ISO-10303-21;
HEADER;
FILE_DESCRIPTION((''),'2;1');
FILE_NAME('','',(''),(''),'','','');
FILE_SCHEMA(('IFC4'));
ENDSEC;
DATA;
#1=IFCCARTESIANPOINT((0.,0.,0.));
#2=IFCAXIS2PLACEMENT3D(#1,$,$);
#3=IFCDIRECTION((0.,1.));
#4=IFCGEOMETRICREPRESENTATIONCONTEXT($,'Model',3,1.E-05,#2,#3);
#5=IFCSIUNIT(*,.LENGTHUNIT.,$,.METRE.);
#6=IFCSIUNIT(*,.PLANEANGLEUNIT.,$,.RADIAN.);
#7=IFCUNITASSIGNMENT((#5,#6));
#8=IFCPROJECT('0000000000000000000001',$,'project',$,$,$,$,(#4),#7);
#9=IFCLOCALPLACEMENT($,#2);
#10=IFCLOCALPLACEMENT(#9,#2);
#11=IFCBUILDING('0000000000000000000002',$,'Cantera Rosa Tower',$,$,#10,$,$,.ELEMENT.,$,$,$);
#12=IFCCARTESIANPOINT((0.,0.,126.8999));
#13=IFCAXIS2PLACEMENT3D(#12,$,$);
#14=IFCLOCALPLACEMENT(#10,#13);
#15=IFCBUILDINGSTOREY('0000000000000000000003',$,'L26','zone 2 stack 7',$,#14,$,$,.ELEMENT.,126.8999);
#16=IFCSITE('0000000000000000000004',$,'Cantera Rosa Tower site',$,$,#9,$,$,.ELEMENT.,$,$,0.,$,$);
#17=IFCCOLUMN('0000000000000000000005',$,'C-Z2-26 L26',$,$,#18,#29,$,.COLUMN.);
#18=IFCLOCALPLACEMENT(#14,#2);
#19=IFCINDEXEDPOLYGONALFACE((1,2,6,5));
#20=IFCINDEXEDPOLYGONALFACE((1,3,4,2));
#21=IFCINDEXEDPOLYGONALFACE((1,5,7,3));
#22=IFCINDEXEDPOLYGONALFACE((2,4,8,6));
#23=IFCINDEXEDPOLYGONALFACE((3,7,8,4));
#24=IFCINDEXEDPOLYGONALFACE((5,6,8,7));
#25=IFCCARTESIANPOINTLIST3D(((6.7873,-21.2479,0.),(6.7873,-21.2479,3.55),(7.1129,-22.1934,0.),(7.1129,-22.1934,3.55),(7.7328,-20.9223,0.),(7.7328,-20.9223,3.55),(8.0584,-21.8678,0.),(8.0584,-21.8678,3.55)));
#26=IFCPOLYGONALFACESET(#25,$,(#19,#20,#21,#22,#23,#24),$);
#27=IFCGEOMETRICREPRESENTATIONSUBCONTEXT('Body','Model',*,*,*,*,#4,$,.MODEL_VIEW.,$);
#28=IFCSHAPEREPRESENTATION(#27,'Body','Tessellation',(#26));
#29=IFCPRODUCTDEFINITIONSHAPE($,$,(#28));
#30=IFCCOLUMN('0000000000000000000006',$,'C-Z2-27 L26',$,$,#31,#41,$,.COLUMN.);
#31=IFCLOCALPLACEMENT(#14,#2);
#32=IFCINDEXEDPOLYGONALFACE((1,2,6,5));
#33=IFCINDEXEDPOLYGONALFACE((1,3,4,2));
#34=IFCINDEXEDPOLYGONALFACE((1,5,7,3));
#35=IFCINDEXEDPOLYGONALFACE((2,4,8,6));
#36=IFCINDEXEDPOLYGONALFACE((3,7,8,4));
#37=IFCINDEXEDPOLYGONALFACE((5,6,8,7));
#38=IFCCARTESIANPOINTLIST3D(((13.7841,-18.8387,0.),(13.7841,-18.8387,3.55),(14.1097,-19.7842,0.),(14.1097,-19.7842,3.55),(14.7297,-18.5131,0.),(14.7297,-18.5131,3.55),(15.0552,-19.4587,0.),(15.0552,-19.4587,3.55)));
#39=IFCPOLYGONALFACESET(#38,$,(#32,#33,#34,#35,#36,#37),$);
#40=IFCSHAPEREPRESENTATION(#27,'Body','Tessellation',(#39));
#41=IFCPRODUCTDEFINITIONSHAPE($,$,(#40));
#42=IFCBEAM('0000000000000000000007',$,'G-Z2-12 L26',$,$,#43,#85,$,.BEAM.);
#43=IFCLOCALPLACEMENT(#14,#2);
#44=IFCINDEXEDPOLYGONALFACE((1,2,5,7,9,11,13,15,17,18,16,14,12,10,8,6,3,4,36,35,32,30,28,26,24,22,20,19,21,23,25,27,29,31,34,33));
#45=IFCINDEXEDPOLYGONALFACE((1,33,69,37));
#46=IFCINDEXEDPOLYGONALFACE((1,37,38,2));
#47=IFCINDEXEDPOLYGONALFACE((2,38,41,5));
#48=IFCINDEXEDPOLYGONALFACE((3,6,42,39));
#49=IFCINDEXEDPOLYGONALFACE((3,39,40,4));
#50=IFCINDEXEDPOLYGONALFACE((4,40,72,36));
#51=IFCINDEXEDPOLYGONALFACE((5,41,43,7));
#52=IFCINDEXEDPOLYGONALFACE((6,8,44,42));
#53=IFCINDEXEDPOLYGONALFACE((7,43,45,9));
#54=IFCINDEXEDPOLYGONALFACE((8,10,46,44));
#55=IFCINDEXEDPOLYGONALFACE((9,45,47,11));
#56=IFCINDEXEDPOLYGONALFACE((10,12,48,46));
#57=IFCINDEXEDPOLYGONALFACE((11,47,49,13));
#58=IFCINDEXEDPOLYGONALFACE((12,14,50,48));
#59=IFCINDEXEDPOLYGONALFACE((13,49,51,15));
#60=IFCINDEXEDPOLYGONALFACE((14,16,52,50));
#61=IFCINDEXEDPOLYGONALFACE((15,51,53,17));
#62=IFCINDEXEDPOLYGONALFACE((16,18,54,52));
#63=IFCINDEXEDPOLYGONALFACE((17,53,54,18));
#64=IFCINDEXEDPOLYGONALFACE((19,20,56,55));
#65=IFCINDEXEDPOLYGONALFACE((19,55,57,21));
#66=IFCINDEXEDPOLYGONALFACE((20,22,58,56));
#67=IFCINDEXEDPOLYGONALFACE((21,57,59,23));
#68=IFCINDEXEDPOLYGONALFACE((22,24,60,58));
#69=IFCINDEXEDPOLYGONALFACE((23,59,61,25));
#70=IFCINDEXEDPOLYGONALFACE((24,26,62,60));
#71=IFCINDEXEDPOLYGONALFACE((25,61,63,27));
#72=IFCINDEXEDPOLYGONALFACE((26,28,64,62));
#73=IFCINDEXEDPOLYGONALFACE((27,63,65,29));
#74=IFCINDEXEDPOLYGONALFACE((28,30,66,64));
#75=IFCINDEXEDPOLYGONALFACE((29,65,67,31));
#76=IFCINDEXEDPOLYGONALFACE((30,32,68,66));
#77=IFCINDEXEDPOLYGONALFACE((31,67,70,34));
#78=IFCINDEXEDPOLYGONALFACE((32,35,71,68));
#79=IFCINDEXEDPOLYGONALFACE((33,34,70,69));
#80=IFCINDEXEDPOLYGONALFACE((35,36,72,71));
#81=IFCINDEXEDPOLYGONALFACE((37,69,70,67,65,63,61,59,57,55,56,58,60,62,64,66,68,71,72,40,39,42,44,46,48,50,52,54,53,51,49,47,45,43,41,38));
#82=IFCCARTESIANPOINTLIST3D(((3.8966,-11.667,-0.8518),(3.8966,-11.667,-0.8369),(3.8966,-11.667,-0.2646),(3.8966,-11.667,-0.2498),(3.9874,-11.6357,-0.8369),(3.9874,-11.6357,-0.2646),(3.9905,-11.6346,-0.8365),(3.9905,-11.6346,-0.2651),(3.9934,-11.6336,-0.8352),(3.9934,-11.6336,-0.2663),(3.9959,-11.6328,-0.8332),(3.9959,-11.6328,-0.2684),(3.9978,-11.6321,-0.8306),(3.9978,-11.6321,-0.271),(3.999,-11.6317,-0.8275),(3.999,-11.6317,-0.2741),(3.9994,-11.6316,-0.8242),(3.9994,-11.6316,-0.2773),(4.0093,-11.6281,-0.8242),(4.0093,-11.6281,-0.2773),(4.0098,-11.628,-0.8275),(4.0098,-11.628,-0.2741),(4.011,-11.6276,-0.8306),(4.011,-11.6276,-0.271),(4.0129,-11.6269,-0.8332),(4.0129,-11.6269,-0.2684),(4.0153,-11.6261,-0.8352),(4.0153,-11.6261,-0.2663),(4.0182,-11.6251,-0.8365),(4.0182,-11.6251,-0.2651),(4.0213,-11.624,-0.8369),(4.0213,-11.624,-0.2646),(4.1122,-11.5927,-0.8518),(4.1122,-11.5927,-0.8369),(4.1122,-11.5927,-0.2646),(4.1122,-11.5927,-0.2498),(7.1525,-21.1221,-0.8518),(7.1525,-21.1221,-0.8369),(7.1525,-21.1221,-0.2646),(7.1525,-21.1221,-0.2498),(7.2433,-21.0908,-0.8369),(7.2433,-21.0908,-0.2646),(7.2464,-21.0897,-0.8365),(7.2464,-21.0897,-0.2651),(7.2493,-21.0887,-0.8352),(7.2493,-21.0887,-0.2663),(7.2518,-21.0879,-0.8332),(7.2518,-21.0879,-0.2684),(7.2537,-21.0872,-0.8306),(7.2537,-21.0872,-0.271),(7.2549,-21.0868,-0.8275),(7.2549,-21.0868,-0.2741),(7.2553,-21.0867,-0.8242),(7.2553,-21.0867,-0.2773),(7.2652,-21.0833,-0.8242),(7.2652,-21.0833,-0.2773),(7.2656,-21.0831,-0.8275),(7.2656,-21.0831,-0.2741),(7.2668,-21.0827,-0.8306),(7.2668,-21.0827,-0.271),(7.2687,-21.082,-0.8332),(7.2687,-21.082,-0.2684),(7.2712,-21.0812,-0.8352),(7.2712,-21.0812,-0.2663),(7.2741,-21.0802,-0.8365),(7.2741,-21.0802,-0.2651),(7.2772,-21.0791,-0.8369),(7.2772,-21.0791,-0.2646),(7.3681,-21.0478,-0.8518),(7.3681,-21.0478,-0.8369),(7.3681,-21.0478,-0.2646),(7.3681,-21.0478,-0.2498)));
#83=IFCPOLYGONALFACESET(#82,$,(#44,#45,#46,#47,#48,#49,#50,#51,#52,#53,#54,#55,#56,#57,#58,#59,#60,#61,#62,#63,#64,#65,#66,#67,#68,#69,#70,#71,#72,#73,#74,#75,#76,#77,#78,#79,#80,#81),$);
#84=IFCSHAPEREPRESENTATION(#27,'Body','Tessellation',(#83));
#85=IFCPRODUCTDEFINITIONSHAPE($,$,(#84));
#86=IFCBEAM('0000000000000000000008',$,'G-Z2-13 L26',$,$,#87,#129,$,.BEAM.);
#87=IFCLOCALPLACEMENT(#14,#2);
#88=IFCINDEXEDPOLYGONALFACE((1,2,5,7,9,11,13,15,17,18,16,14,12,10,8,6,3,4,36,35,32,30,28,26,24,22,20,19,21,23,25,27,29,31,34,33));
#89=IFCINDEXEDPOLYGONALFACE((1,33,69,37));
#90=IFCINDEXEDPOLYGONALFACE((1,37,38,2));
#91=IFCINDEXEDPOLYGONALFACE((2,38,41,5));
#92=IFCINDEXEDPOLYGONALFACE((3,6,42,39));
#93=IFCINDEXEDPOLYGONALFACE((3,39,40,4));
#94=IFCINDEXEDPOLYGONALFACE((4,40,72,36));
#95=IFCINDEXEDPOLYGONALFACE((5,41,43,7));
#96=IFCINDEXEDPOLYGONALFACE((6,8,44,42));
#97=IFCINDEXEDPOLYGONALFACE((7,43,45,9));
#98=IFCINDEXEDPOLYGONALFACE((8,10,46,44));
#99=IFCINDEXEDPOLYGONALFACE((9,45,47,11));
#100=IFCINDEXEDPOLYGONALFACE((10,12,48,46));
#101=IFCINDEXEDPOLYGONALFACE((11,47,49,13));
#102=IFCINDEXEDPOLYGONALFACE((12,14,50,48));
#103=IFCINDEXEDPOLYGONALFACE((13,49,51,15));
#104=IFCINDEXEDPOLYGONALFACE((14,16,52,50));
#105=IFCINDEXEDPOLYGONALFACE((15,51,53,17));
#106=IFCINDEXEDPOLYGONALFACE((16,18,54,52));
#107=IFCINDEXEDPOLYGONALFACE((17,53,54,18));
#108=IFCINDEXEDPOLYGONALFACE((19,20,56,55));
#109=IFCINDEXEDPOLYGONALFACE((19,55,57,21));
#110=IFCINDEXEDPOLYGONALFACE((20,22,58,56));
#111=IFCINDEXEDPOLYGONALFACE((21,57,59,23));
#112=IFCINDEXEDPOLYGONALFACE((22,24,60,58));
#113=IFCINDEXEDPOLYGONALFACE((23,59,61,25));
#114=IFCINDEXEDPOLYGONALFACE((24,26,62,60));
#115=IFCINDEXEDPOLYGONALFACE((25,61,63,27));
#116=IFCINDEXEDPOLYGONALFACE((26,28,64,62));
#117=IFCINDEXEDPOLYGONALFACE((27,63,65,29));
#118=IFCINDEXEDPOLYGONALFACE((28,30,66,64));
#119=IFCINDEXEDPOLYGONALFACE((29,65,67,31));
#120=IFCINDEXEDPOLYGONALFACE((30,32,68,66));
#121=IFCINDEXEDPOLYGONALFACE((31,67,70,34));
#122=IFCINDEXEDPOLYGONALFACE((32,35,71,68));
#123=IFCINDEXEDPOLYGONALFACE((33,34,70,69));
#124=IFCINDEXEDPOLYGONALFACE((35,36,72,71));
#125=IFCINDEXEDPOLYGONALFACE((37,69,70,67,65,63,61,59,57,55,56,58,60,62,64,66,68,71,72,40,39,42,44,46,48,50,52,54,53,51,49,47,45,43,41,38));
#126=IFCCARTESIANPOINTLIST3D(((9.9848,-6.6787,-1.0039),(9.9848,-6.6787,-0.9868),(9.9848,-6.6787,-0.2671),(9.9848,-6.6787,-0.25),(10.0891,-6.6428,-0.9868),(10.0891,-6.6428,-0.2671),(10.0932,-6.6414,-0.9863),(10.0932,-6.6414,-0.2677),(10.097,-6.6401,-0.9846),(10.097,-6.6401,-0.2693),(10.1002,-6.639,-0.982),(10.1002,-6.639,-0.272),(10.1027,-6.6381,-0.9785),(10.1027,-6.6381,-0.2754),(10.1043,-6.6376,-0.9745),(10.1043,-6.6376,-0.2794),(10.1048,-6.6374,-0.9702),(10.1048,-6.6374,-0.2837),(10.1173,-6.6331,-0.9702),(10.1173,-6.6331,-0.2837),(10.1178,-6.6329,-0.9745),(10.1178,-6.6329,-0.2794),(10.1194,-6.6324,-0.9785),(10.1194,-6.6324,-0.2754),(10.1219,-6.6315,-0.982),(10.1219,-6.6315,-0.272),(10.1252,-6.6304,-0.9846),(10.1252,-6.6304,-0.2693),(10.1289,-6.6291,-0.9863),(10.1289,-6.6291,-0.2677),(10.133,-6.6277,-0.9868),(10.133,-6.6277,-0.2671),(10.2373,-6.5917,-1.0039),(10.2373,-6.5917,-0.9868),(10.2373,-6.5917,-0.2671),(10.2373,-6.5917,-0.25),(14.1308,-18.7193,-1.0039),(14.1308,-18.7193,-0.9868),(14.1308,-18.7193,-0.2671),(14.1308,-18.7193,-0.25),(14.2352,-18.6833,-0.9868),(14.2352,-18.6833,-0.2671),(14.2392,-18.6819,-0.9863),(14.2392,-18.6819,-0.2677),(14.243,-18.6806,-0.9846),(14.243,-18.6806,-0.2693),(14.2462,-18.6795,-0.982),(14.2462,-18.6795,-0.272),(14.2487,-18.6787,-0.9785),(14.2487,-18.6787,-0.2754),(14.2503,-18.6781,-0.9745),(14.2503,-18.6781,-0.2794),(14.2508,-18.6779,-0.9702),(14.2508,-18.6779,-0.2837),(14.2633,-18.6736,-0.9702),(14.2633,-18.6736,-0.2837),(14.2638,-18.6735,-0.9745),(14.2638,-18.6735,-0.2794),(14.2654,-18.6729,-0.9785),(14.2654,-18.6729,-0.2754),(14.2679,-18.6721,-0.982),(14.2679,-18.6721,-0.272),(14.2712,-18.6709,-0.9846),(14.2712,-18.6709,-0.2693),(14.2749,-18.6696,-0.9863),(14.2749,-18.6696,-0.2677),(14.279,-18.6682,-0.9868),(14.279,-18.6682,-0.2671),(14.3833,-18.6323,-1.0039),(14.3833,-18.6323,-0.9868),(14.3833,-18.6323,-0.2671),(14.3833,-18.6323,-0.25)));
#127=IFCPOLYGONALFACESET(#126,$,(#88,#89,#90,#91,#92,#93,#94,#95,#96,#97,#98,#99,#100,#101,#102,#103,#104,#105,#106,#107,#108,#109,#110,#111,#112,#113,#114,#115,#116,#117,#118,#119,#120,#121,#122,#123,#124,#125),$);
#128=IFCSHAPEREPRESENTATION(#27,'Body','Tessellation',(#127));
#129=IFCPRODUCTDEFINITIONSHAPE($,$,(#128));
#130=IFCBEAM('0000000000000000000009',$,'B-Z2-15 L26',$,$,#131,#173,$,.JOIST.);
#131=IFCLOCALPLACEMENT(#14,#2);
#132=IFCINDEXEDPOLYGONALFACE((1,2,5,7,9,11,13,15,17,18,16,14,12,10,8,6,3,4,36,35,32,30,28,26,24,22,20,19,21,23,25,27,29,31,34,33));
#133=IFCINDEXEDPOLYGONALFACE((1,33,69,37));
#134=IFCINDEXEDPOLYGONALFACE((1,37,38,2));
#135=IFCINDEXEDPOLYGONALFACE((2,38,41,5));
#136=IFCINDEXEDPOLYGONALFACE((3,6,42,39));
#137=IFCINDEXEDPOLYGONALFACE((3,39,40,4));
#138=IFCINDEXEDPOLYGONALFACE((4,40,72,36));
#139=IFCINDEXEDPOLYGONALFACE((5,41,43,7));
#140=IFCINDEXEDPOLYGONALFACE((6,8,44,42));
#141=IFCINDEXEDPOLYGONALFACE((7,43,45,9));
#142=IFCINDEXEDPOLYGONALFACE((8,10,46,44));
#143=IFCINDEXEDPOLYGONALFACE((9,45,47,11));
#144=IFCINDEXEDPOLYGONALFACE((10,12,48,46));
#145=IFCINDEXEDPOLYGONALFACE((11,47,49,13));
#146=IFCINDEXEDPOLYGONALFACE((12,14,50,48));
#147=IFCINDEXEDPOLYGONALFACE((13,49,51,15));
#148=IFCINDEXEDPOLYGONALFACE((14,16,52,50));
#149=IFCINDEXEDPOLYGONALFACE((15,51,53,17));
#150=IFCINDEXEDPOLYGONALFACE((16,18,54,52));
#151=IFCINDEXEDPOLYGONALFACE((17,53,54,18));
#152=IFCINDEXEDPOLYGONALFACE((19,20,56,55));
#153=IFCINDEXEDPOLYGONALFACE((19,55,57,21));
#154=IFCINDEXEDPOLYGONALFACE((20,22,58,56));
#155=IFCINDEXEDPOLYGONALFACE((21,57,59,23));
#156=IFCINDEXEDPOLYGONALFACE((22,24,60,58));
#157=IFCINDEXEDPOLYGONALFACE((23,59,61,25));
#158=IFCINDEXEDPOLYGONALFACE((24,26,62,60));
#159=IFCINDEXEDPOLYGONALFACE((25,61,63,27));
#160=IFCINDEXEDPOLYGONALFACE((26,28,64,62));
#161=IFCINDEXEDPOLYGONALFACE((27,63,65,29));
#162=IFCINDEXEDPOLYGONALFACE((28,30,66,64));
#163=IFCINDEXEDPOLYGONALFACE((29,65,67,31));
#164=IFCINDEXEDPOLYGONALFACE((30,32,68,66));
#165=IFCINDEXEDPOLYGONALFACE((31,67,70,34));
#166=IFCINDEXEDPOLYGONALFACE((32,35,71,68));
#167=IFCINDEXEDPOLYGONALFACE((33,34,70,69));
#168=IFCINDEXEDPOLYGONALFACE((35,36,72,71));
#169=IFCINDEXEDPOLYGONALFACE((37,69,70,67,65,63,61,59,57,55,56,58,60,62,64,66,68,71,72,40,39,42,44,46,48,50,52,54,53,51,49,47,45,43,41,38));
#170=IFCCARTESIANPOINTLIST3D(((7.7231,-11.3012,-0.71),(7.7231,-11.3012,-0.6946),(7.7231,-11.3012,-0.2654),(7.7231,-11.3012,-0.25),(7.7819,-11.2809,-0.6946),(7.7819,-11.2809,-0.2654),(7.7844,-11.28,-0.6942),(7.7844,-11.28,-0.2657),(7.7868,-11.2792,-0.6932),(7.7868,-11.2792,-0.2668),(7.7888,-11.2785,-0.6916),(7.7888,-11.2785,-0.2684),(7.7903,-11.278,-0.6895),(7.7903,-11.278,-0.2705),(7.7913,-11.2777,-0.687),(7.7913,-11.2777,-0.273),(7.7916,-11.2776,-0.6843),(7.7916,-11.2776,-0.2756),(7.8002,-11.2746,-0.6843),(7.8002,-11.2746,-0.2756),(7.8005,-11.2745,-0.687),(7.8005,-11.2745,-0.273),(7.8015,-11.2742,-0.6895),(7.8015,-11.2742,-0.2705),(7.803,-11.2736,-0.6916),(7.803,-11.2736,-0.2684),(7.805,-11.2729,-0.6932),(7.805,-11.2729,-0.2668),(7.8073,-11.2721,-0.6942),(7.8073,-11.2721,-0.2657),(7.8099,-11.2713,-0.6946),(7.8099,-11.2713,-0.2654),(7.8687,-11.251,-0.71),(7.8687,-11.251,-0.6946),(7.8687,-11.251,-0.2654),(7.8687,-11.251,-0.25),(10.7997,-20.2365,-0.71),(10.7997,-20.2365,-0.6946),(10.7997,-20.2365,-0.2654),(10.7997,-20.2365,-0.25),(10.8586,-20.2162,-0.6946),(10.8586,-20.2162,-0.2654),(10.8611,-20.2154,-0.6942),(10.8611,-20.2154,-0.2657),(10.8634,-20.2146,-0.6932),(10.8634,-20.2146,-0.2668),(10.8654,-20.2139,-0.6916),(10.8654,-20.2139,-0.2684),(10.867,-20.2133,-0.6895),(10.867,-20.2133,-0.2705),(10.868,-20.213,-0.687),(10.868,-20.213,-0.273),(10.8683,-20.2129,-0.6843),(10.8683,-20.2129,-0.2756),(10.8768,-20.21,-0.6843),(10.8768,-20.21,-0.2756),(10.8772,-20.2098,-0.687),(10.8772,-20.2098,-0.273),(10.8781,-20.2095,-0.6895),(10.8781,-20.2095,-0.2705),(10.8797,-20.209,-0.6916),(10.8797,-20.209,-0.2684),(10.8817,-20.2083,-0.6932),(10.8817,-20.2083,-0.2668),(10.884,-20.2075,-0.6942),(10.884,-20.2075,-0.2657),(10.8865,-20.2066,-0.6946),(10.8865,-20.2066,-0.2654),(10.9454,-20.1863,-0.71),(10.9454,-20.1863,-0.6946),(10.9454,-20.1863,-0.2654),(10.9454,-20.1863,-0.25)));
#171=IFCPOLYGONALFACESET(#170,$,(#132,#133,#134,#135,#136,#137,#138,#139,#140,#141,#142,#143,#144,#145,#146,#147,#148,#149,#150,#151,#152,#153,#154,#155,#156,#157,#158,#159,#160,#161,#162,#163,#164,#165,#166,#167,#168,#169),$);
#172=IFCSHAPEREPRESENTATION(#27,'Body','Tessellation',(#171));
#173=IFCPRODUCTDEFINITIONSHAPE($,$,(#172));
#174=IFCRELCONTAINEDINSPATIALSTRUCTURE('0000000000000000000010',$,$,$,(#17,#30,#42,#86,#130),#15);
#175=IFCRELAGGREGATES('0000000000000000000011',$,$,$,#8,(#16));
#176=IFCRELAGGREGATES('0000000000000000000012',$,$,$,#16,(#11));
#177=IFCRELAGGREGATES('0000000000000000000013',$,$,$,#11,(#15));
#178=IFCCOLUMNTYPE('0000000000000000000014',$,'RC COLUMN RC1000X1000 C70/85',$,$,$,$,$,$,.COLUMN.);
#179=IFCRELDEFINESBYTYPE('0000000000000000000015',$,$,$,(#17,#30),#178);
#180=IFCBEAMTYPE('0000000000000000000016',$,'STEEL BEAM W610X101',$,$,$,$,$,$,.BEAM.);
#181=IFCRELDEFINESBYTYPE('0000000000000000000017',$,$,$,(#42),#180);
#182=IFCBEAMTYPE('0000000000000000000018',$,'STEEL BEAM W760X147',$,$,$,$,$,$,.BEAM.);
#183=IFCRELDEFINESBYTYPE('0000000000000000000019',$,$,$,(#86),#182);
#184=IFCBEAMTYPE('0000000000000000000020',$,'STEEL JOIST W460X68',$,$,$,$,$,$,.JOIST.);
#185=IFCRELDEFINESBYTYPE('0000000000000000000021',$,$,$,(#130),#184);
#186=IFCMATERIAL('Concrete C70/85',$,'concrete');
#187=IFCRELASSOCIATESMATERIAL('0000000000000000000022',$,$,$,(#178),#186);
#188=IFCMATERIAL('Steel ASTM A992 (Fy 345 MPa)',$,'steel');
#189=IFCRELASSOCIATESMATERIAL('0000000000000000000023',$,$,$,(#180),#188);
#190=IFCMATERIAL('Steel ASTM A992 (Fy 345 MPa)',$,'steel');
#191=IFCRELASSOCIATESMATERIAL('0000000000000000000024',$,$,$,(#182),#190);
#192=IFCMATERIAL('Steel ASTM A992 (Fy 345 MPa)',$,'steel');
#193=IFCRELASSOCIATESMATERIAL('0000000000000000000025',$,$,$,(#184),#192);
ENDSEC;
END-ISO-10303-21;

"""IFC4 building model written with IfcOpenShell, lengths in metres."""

from ifc_helpers import new_model, si_unit, direction, frame, origin, origin_2d, place, context, subcontext, project, spatial, rectangle, i_section, extrude, material, material_profile, profile_set, type_object, element, save


model = new_model("IFC4")

# Units and contexts
model_context = context("Model", 3, precision=1e-05, world=origin(), true_north=direction((0.0, 1.0)))
body_context = subcontext(model_context, "Body", "Model", "MODEL_VIEW")
ifc_project = project(units=[si_unit("LENGTHUNIT", "METRE"), si_unit("PLANEANGLEUNIT", "RADIAN")], contexts=[model_context])

# Site, building, storey
site_placement = place(None, origin())
site = spatial("IfcSite", under=ifc_project, at=site_placement, Name="Cantera Rosa Tower site", CompositionType="ELEMENT", RefElevation=0.0)
building_placement = place(site_placement, origin())
building = spatial("IfcBuilding", under=site, at=building_placement, Name="Cantera Rosa Tower", CompositionType="ELEMENT")
storey_placement = place(building_placement, frame((0.0, 0.0, 126.8999)))
storey = spatial("IfcBuildingStorey", under=building, at=storey_placement, Name="L26", Description="zone 2 stack 7", CompositionType="ELEMENT", Elevation=126.8999)

# Columns
ifc_material_1 = material(Name="Concrete C70/85", Category="concrete")
ifc_material_profile_1 = material_profile(ifc_material_1, rectangle(XDim=1.0, YDim=1.0, at=origin_2d()), Name="RC COLUMN RC1000X1000 C70/85")
ifc_profile_set_1 = profile_set([ifc_material_profile_1], Name="Concrete C70/85")
column_type = type_object("IfcColumnType", Name="RC COLUMN RC1000X1000 C70/85", PredefinedType="COLUMN", material=ifc_profile_set_1)
for number, where, z_axis, x_axis, name in (
    (1, (7.4229, -21.5579, 0.0), (0.0, 0.0, 1.0), (0.945519, 0.325568, 0.0), "C-Z2-26 L26"),
    (2, (14.4197, -19.1487, 0.0), (0.0, 0.0, 1.0), (0.945519, 0.325568, 0.0), "C-Z2-27 L26"),
):
    element("IfcColumn", number, at=place(storey_placement, frame(where, z_axis=z_axis, x_axis=x_axis)), inside=storey, type_object=column_type, Name=name, PredefinedType="COLUMN", context=body_context, shape_type="SweptSolid", body=[
        extrude(rectangle(XDim=1.0, YDim=1.0, at=origin_2d()), origin(), (0.0, 0.0, 1.0), 3.55),
    ])

# Beams
ifc_material_2 = material(Name="Steel ASTM A992 (Fy 345 MPa)", Category="steel")
ifc_material_profile_2 = material_profile(ifc_material_2, i_section(OverallWidth=0.228, OverallDepth=0.6021, WebThickness=0.0105, FlangeThickness=0.0149, FilletRadius=0.0127, at=origin_2d()), Name="W610X101")
ifc_profile_set_2 = profile_set([ifc_material_profile_2], Name="Steel ASTM A992 (Fy 345 MPa)")
beam_type_1 = type_object("IfcBeamType", Name="STEEL BEAM W610X101", PredefinedType="BEAM", material=ifc_profile_set_2)
beam_1_placement = place(storey_placement, frame((7.2603, -21.085, -0.5508), z_axis=(-0.325587, 0.945512, 0.0), x_axis=(-0.945512, -0.325587, 0.0)))
element("IfcBeam", 3, at=beam_1_placement, inside=storey, type_object=beam_type_1, Name="G-Z2-12 L26", PredefinedType="BEAM", context=body_context, shape_type="SweptSolid", body=[
    extrude(i_section(OverallWidth=0.228, OverallDepth=0.6021, WebThickness=0.0105, FlangeThickness=0.0149, FilletRadius=0.0127, at=origin_2d()), origin(), (0.0, 0.0, 1.0), 10.0),
])
ifc_material_3 = material(Name="Steel ASTM A992 (Fy 345 MPa)", Category="steel")
ifc_material_profile_3 = material_profile(ifc_material_3, i_section(OverallWidth=0.2671, OverallDepth=0.7539, WebThickness=0.0132, FlangeThickness=0.0171, FilletRadius=0.0166, at=origin_2d()), Name="W760X147")
ifc_profile_set_3 = profile_set([ifc_material_profile_3], Name="Steel ASTM A992 (Fy 345 MPa)")
beam_type_2 = type_object("IfcBeamType", Name="STEEL BEAM W760X147", PredefinedType="BEAM", material=ifc_profile_set_3)
beam_2_placement = place(storey_placement, frame((14.2571, -18.6758, -0.627), z_axis=(-0.325576, 0.945516, 0.0), x_axis=(-0.945516, -0.325576, 0.0)))
element("IfcBeam", 4, at=beam_2_placement, inside=storey, type_object=beam_type_2, Name="G-Z2-13 L26", PredefinedType="BEAM", context=body_context, shape_type="SweptSolid", body=[
    extrude(i_section(OverallWidth=0.2671, OverallDepth=0.7539, WebThickness=0.0132, FlangeThickness=0.0171, FilletRadius=0.0166, at=origin_2d()), origin(), (0.0, 0.0, 1.0), 12.7344),
])
ifc_material_4 = material(Name="Steel ASTM A992 (Fy 345 MPa)", Category="steel")
ifc_material_profile_4 = material_profile(ifc_material_4, i_section(OverallWidth=0.1541, OverallDepth=0.46, WebThickness=0.009, FlangeThickness=0.0154, FilletRadius=0.0103, at=origin_2d()), Name="W460X68")
ifc_profile_set_4 = profile_set([ifc_material_profile_4], Name="Steel ASTM A992 (Fy 345 MPa)")
beam_type_3 = type_object("IfcBeamType", Name="STEEL JOIST W460X68", PredefinedType="JOIST", material=ifc_profile_set_4)
for number, where, z_axis, x_axis, name in (
    (5, (10.8726, -20.2114, -0.48), (-0.325567, 0.945519, 0.0), (-0.945519, -0.325567, 0.0), "B-Z2-15 L26"),
):
    element("IfcBeam", number, at=place(storey_placement, frame(where, z_axis=z_axis, x_axis=x_axis)), inside=storey, type_object=beam_type_3, Name=name, PredefinedType="JOIST", context=body_context, shape_type="SweptSolid", body=[
        extrude(i_section(OverallWidth=0.1541, OverallDepth=0.46, WebThickness=0.009, FlangeThickness=0.0154, FilletRadius=0.0103, at=origin_2d()), origin(), (0.0, 0.0, 1.0), 9.4502),
    ])

save(model, "model.ifc")
